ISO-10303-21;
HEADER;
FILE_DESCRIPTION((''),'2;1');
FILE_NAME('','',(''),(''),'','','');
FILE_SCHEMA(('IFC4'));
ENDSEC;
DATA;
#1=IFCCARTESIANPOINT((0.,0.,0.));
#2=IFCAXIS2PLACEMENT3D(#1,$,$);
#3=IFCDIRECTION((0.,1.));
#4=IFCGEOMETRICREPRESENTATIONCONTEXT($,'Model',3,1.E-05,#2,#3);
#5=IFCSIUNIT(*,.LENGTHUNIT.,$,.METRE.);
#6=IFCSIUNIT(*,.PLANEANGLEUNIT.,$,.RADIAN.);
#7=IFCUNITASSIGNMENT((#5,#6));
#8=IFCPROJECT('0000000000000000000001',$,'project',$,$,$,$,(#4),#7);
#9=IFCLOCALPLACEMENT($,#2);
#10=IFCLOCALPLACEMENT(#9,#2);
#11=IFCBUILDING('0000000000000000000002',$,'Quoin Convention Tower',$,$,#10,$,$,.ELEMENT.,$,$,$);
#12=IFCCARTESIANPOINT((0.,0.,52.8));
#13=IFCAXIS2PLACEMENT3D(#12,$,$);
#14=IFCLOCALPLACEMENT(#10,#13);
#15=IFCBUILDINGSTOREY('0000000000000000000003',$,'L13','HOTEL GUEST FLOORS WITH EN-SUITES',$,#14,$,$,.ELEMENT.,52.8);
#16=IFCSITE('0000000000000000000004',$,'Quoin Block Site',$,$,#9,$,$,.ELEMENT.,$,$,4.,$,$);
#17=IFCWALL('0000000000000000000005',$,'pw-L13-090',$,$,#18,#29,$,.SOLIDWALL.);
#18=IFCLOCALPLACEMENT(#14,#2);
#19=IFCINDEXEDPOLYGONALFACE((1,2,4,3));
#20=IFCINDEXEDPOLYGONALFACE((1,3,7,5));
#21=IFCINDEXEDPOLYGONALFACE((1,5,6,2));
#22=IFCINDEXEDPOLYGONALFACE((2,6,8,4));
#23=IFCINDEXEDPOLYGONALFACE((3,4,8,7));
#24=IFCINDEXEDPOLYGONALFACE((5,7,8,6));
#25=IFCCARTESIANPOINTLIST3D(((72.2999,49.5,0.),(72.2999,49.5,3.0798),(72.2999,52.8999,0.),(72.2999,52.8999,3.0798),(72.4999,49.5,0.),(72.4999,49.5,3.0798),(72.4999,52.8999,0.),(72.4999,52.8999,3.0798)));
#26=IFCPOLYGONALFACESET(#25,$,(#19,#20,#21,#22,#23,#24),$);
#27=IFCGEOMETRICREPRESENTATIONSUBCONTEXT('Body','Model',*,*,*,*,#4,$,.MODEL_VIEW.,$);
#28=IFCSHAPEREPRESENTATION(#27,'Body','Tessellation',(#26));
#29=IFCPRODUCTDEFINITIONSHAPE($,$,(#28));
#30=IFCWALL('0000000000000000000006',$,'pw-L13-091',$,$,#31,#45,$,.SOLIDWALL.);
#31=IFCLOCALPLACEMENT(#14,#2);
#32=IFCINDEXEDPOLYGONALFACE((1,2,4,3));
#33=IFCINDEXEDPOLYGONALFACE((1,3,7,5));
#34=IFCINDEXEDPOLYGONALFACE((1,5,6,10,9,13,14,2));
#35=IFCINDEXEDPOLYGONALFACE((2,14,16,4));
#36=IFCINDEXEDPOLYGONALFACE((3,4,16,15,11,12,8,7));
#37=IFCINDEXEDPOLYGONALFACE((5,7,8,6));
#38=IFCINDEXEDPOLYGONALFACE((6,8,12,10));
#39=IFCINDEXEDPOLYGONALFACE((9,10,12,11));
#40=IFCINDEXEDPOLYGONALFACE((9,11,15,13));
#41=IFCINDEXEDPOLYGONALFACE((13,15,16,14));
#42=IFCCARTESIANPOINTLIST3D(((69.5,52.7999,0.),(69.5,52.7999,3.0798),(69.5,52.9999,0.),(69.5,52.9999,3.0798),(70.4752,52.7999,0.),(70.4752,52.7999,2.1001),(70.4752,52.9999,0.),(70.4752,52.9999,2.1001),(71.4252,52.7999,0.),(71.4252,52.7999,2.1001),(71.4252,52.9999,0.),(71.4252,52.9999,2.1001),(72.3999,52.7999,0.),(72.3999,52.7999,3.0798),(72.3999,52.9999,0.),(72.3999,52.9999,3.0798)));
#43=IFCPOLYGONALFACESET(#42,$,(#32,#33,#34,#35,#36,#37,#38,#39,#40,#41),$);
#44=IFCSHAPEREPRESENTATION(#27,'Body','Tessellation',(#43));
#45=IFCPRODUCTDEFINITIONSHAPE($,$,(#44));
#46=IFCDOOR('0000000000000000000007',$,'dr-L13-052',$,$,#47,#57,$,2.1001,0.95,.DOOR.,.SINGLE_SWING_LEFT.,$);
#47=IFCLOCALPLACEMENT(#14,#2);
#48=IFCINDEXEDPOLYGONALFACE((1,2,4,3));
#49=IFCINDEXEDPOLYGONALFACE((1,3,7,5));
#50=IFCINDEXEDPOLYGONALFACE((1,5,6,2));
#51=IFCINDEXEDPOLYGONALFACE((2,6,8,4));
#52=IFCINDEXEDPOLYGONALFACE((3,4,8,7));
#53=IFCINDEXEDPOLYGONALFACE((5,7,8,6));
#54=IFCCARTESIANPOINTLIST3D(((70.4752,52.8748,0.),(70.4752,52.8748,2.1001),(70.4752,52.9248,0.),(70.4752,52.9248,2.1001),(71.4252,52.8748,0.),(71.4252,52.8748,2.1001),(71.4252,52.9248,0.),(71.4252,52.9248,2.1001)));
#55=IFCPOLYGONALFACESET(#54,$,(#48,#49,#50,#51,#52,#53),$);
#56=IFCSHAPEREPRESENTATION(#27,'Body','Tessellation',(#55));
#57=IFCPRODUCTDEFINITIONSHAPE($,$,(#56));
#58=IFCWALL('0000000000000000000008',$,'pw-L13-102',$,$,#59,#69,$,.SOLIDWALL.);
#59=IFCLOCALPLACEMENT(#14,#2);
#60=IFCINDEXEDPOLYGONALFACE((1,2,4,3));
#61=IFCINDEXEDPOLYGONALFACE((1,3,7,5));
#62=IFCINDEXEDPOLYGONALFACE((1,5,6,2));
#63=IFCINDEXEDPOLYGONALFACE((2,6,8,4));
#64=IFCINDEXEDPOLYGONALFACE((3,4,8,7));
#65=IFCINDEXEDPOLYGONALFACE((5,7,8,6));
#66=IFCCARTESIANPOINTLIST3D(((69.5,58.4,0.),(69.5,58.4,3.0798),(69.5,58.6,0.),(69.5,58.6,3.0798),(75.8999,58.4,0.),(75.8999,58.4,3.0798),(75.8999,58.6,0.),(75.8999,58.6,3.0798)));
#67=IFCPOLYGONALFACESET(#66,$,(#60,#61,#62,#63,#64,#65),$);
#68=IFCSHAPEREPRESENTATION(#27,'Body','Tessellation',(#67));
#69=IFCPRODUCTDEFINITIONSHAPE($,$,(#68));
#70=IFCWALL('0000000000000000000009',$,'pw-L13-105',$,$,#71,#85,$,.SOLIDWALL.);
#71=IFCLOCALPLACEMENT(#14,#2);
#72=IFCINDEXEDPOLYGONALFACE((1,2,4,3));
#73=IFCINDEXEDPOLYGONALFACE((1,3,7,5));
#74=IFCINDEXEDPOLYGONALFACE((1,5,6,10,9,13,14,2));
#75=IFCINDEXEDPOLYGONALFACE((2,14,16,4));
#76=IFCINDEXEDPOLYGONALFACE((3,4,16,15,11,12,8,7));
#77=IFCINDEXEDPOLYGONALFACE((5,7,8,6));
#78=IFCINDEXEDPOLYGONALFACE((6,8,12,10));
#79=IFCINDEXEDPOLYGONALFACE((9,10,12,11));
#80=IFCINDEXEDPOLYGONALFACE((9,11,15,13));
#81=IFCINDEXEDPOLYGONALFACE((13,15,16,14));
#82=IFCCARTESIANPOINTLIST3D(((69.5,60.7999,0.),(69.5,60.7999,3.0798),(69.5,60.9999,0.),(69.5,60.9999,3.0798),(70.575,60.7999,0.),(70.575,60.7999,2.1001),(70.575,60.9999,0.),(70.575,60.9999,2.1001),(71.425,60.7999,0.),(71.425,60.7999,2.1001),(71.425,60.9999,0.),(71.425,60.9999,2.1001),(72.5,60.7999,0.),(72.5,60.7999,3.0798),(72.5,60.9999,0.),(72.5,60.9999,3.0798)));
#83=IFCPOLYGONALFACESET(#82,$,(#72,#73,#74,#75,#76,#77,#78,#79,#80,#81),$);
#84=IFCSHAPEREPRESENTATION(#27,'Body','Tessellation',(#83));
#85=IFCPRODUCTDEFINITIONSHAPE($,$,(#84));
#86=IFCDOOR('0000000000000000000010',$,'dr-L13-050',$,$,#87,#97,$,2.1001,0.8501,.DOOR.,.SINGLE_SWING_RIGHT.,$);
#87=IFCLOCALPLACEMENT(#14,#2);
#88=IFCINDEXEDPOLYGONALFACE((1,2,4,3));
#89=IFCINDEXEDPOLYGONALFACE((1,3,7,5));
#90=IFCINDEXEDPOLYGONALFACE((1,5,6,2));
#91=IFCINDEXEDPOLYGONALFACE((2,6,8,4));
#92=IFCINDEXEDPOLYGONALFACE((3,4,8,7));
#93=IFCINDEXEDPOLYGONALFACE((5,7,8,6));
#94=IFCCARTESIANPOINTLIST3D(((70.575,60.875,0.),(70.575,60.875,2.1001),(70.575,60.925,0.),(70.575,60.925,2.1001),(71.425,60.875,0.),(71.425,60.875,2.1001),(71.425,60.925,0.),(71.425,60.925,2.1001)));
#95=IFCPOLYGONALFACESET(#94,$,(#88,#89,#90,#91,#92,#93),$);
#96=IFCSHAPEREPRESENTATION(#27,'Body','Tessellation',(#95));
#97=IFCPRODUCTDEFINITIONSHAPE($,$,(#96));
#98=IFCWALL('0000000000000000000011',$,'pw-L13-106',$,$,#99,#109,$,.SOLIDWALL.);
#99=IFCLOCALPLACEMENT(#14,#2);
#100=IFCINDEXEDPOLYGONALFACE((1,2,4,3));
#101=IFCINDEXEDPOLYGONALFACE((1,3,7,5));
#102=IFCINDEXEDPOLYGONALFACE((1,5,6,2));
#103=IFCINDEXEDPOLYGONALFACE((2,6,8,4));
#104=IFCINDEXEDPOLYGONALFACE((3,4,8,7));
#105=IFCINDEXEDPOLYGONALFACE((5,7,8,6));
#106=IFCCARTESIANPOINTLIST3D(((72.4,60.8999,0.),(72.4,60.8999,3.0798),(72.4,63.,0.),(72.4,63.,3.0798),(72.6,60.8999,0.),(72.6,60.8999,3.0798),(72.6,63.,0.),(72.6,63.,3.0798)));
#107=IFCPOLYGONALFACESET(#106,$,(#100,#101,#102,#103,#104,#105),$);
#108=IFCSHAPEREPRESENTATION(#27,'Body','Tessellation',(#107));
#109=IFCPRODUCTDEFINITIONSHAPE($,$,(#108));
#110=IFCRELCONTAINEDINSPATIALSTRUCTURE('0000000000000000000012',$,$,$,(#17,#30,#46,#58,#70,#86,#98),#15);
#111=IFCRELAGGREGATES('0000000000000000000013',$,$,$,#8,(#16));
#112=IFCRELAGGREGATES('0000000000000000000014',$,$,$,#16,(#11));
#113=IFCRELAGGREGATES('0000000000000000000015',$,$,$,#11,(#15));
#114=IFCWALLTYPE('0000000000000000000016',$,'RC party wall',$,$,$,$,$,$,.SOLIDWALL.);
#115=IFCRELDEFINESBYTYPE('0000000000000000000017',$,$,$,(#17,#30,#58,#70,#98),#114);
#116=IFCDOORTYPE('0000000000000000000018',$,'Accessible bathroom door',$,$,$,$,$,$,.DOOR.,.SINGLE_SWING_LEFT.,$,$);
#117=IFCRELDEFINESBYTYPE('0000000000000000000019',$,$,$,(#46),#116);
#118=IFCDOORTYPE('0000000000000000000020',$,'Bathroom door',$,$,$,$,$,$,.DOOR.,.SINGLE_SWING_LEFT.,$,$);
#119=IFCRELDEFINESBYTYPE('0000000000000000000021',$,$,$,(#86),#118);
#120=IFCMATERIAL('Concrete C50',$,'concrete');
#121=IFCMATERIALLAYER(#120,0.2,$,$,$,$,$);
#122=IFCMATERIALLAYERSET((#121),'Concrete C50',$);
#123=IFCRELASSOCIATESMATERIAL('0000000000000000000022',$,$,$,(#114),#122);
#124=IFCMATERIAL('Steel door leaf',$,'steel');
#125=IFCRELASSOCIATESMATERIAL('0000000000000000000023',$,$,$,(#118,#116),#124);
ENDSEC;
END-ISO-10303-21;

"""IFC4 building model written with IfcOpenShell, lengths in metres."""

from ifc_helpers import new_model, si_unit, direction, frame, frame_2d, origin, place, context, subcontext, project, spatial, rectangle, extrude, material, layer, layer_set, type_object, element, fill, save


model = new_model("IFC4")

# Units and contexts
model_context = context("Model", 3, precision=1e-05, world=origin(), true_north=direction((0.0, 1.0)))
body_context = subcontext(model_context, "Body", "Model", "MODEL_VIEW")
ifc_project = project(units=[si_unit("LENGTHUNIT", "METRE"), si_unit("PLANEANGLEUNIT", "RADIAN")], contexts=[model_context])

# Site, building, storey
site_placement = place(None, origin())
site = spatial("IfcSite", under=ifc_project, at=site_placement, Name="Quoin Block Site", CompositionType="ELEMENT", RefElevation=4.0)
building_placement = place(site_placement, origin())
building = spatial("IfcBuilding", under=site, at=building_placement, Name="Quoin Convention Tower", CompositionType="ELEMENT")
storey_placement = place(building_placement, frame((0.0, 0.0, 52.8)))
storey = spatial("IfcBuildingStorey", under=building, at=storey_placement, Name="L13", Description="HOTEL GUEST FLOORS WITH EN-SUITES", CompositionType="ELEMENT", Elevation=52.8)

# Shared definitions
ifc_material_1 = material(Name="Concrete C50", Category="concrete")
ifc_layer_1 = layer(ifc_material_1, 0.2)
ifc_layer_set_1 = layer_set([ifc_layer_1], Name="Concrete C50")
wall_type_1 = type_object("IfcWallType", Name="RC party wall", PredefinedType="SOLIDWALL", material=ifc_layer_set_1)
ifc_material_2 = material(Name="Steel door leaf", Category="steel")
door_type_1 = type_object("IfcDoorType", Name="Bathroom door", OperationType="SINGLE_SWING_LEFT", PredefinedType="DOOR", material=ifc_material_2)

# Wall
wall_1_placement = place(storey_placement, frame((72.3999, 49.5, 0.0), z_axis=(0.0, 0.0, 1.0), x_axis=(0.0, 1.0, 0.0)))
element("IfcWall", 1, at=wall_1_placement, inside=storey, type_object=wall_type_1, Name="pw-L13-090", PredefinedType="SOLIDWALL", context=body_context, shape_type="SweptSolid", body=[
    extrude(rectangle(XDim=3.3999, YDim=0.2, at=frame_2d((1.7, 0.0))), origin(), (0.0, 0.0, 1.0), 3.0798),
])

# Wall, opening, door
wall_2_placement = place(storey_placement, frame((69.5, 52.8999, 0.0), z_axis=(0.0, 0.0, 1.0), x_axis=(1.0, 0.0, 0.0)))
wall_2 = element("IfcWall", 2, at=wall_2_placement, inside=storey, type_object=wall_type_1, Name="pw-L13-091", PredefinedType="SOLIDWALL", context=body_context, shape_type="SweptSolid", body=[
    extrude(rectangle(XDim=2.8999, YDim=0.2, at=frame_2d((1.45, 0.0))), origin(), (0.0, 0.0, 1.0), 3.0798),
])
opening_1_placement = place(wall_2_placement, frame((0.9751, 0.0, 0.0)))
opening_1 = element("IfcOpeningElement", 3, at=opening_1_placement, cuts=wall_2, PredefinedType="OPENING", context=body_context, shape_type="SweptSolid", body=[
    extrude(rectangle(XDim=0.95, YDim=2.1001, at=frame_2d((0.4751, 1.05))), frame((0.0, 0.1099, 0.0), z_axis=(0.0, -1.0, 0.0), x_axis=(1.0, 0.0, 0.0)), (0.0, 0.0, 1.0), 0.22),
])
door_type_2 = type_object("IfcDoorType", Name="Accessible bathroom door", OperationType="SINGLE_SWING_LEFT", PredefinedType="DOOR", material=ifc_material_2)
door_1_placement = place(opening_1_placement, origin())
door_1 = element("IfcDoor", 4, at=door_1_placement, inside=storey, type_object=door_type_2, Name="dr-L13-052", OperationType="SINGLE_SWING_LEFT", OverallHeight=2.1001, OverallWidth=0.95, PredefinedType="DOOR", context=body_context, shape_type="SweptSolid", body=[
    extrude(rectangle(XDim=0.95, YDim=2.1001, at=frame_2d((0.4751, 1.05))), frame((0.0, 0.0249, 0.0), z_axis=(0.0, -1.0, 0.0), x_axis=(1.0, 0.0, 0.0)), (0.0, 0.0, 1.0), 0.05),
])
fill(opening_1, door_1)

# Wall
wall_3_placement = place(storey_placement, frame((69.5, 58.5, 0.0), z_axis=(0.0, 0.0, 1.0), x_axis=(1.0, 0.0, 0.0)))
element("IfcWall", 5, at=wall_3_placement, inside=storey, type_object=wall_type_1, Name="pw-L13-102", PredefinedType="SOLIDWALL", context=body_context, shape_type="SweptSolid", body=[
    extrude(rectangle(XDim=6.3999, YDim=0.2, at=frame_2d((3.2, 0.0))), origin(), (0.0, 0.0, 1.0), 3.0798),
])

# Wall, opening, door
wall_4_placement = place(storey_placement, frame((69.5, 60.8999, 0.0), z_axis=(0.0, 0.0, 1.0), x_axis=(1.0, 0.0, 0.0)))
wall_4 = element("IfcWall", 6, at=wall_4_placement, inside=storey, type_object=wall_type_1, Name="pw-L13-105", PredefinedType="SOLIDWALL", context=body_context, shape_type="SweptSolid", body=[
    extrude(rectangle(XDim=3.0, YDim=0.2, at=frame_2d((1.5, 0.0))), origin(), (0.0, 0.0, 1.0), 3.0798),
])
opening_2_placement = place(wall_4_placement, frame((1.075, 0.0, 0.0)))
opening_2 = element("IfcOpeningElement", 7, at=opening_2_placement, cuts=wall_4, PredefinedType="OPENING", context=body_context, shape_type="SweptSolid", body=[
    extrude(rectangle(XDim=0.8501, YDim=2.1001, at=frame_2d((0.425, 1.05))), frame((0.0, 0.1099, 0.0), z_axis=(0.0, -1.0, 0.0), x_axis=(1.0, 0.0, 0.0)), (0.0, 0.0, 1.0), 0.22),
])
door_2_placement = place(opening_2_placement, frame((0.8501, 0.0, 0.0), z_axis=(0.0, 0.0, 1.0), x_axis=(-1.0, 0.0, 0.0)))
door_2 = element("IfcDoor", 8, at=door_2_placement, inside=storey, type_object=door_type_1, Name="dr-L13-050", OperationType="SINGLE_SWING_RIGHT", OverallHeight=2.1001, OverallWidth=0.8501, PredefinedType="DOOR", context=body_context, shape_type="SweptSolid", body=[
    extrude(rectangle(XDim=0.8501, YDim=2.1001, at=frame_2d((0.425, 1.05))), frame((0.0, 0.0249, 0.0), z_axis=(0.0, -1.0, 0.0), x_axis=(1.0, 0.0, 0.0)), (0.0, 0.0, 1.0), 0.05),
])
fill(opening_2, door_2)

# Wall
wall_5_placement = place(storey_placement, frame((72.5, 60.8999, 0.0), z_axis=(0.0, 0.0, 1.0), x_axis=(0.0, 1.0, 0.0)))
element("IfcWall", 9, at=wall_5_placement, inside=storey, type_object=wall_type_1, Name="pw-L13-106", PredefinedType="SOLIDWALL", context=body_context, shape_type="SweptSolid", body=[
    extrude(rectangle(XDim=2.1001, YDim=0.2, at=frame_2d((1.05, 0.0))), origin(), (0.0, 0.0, 1.0), 3.0798),
])

save(model, "model.ifc")
